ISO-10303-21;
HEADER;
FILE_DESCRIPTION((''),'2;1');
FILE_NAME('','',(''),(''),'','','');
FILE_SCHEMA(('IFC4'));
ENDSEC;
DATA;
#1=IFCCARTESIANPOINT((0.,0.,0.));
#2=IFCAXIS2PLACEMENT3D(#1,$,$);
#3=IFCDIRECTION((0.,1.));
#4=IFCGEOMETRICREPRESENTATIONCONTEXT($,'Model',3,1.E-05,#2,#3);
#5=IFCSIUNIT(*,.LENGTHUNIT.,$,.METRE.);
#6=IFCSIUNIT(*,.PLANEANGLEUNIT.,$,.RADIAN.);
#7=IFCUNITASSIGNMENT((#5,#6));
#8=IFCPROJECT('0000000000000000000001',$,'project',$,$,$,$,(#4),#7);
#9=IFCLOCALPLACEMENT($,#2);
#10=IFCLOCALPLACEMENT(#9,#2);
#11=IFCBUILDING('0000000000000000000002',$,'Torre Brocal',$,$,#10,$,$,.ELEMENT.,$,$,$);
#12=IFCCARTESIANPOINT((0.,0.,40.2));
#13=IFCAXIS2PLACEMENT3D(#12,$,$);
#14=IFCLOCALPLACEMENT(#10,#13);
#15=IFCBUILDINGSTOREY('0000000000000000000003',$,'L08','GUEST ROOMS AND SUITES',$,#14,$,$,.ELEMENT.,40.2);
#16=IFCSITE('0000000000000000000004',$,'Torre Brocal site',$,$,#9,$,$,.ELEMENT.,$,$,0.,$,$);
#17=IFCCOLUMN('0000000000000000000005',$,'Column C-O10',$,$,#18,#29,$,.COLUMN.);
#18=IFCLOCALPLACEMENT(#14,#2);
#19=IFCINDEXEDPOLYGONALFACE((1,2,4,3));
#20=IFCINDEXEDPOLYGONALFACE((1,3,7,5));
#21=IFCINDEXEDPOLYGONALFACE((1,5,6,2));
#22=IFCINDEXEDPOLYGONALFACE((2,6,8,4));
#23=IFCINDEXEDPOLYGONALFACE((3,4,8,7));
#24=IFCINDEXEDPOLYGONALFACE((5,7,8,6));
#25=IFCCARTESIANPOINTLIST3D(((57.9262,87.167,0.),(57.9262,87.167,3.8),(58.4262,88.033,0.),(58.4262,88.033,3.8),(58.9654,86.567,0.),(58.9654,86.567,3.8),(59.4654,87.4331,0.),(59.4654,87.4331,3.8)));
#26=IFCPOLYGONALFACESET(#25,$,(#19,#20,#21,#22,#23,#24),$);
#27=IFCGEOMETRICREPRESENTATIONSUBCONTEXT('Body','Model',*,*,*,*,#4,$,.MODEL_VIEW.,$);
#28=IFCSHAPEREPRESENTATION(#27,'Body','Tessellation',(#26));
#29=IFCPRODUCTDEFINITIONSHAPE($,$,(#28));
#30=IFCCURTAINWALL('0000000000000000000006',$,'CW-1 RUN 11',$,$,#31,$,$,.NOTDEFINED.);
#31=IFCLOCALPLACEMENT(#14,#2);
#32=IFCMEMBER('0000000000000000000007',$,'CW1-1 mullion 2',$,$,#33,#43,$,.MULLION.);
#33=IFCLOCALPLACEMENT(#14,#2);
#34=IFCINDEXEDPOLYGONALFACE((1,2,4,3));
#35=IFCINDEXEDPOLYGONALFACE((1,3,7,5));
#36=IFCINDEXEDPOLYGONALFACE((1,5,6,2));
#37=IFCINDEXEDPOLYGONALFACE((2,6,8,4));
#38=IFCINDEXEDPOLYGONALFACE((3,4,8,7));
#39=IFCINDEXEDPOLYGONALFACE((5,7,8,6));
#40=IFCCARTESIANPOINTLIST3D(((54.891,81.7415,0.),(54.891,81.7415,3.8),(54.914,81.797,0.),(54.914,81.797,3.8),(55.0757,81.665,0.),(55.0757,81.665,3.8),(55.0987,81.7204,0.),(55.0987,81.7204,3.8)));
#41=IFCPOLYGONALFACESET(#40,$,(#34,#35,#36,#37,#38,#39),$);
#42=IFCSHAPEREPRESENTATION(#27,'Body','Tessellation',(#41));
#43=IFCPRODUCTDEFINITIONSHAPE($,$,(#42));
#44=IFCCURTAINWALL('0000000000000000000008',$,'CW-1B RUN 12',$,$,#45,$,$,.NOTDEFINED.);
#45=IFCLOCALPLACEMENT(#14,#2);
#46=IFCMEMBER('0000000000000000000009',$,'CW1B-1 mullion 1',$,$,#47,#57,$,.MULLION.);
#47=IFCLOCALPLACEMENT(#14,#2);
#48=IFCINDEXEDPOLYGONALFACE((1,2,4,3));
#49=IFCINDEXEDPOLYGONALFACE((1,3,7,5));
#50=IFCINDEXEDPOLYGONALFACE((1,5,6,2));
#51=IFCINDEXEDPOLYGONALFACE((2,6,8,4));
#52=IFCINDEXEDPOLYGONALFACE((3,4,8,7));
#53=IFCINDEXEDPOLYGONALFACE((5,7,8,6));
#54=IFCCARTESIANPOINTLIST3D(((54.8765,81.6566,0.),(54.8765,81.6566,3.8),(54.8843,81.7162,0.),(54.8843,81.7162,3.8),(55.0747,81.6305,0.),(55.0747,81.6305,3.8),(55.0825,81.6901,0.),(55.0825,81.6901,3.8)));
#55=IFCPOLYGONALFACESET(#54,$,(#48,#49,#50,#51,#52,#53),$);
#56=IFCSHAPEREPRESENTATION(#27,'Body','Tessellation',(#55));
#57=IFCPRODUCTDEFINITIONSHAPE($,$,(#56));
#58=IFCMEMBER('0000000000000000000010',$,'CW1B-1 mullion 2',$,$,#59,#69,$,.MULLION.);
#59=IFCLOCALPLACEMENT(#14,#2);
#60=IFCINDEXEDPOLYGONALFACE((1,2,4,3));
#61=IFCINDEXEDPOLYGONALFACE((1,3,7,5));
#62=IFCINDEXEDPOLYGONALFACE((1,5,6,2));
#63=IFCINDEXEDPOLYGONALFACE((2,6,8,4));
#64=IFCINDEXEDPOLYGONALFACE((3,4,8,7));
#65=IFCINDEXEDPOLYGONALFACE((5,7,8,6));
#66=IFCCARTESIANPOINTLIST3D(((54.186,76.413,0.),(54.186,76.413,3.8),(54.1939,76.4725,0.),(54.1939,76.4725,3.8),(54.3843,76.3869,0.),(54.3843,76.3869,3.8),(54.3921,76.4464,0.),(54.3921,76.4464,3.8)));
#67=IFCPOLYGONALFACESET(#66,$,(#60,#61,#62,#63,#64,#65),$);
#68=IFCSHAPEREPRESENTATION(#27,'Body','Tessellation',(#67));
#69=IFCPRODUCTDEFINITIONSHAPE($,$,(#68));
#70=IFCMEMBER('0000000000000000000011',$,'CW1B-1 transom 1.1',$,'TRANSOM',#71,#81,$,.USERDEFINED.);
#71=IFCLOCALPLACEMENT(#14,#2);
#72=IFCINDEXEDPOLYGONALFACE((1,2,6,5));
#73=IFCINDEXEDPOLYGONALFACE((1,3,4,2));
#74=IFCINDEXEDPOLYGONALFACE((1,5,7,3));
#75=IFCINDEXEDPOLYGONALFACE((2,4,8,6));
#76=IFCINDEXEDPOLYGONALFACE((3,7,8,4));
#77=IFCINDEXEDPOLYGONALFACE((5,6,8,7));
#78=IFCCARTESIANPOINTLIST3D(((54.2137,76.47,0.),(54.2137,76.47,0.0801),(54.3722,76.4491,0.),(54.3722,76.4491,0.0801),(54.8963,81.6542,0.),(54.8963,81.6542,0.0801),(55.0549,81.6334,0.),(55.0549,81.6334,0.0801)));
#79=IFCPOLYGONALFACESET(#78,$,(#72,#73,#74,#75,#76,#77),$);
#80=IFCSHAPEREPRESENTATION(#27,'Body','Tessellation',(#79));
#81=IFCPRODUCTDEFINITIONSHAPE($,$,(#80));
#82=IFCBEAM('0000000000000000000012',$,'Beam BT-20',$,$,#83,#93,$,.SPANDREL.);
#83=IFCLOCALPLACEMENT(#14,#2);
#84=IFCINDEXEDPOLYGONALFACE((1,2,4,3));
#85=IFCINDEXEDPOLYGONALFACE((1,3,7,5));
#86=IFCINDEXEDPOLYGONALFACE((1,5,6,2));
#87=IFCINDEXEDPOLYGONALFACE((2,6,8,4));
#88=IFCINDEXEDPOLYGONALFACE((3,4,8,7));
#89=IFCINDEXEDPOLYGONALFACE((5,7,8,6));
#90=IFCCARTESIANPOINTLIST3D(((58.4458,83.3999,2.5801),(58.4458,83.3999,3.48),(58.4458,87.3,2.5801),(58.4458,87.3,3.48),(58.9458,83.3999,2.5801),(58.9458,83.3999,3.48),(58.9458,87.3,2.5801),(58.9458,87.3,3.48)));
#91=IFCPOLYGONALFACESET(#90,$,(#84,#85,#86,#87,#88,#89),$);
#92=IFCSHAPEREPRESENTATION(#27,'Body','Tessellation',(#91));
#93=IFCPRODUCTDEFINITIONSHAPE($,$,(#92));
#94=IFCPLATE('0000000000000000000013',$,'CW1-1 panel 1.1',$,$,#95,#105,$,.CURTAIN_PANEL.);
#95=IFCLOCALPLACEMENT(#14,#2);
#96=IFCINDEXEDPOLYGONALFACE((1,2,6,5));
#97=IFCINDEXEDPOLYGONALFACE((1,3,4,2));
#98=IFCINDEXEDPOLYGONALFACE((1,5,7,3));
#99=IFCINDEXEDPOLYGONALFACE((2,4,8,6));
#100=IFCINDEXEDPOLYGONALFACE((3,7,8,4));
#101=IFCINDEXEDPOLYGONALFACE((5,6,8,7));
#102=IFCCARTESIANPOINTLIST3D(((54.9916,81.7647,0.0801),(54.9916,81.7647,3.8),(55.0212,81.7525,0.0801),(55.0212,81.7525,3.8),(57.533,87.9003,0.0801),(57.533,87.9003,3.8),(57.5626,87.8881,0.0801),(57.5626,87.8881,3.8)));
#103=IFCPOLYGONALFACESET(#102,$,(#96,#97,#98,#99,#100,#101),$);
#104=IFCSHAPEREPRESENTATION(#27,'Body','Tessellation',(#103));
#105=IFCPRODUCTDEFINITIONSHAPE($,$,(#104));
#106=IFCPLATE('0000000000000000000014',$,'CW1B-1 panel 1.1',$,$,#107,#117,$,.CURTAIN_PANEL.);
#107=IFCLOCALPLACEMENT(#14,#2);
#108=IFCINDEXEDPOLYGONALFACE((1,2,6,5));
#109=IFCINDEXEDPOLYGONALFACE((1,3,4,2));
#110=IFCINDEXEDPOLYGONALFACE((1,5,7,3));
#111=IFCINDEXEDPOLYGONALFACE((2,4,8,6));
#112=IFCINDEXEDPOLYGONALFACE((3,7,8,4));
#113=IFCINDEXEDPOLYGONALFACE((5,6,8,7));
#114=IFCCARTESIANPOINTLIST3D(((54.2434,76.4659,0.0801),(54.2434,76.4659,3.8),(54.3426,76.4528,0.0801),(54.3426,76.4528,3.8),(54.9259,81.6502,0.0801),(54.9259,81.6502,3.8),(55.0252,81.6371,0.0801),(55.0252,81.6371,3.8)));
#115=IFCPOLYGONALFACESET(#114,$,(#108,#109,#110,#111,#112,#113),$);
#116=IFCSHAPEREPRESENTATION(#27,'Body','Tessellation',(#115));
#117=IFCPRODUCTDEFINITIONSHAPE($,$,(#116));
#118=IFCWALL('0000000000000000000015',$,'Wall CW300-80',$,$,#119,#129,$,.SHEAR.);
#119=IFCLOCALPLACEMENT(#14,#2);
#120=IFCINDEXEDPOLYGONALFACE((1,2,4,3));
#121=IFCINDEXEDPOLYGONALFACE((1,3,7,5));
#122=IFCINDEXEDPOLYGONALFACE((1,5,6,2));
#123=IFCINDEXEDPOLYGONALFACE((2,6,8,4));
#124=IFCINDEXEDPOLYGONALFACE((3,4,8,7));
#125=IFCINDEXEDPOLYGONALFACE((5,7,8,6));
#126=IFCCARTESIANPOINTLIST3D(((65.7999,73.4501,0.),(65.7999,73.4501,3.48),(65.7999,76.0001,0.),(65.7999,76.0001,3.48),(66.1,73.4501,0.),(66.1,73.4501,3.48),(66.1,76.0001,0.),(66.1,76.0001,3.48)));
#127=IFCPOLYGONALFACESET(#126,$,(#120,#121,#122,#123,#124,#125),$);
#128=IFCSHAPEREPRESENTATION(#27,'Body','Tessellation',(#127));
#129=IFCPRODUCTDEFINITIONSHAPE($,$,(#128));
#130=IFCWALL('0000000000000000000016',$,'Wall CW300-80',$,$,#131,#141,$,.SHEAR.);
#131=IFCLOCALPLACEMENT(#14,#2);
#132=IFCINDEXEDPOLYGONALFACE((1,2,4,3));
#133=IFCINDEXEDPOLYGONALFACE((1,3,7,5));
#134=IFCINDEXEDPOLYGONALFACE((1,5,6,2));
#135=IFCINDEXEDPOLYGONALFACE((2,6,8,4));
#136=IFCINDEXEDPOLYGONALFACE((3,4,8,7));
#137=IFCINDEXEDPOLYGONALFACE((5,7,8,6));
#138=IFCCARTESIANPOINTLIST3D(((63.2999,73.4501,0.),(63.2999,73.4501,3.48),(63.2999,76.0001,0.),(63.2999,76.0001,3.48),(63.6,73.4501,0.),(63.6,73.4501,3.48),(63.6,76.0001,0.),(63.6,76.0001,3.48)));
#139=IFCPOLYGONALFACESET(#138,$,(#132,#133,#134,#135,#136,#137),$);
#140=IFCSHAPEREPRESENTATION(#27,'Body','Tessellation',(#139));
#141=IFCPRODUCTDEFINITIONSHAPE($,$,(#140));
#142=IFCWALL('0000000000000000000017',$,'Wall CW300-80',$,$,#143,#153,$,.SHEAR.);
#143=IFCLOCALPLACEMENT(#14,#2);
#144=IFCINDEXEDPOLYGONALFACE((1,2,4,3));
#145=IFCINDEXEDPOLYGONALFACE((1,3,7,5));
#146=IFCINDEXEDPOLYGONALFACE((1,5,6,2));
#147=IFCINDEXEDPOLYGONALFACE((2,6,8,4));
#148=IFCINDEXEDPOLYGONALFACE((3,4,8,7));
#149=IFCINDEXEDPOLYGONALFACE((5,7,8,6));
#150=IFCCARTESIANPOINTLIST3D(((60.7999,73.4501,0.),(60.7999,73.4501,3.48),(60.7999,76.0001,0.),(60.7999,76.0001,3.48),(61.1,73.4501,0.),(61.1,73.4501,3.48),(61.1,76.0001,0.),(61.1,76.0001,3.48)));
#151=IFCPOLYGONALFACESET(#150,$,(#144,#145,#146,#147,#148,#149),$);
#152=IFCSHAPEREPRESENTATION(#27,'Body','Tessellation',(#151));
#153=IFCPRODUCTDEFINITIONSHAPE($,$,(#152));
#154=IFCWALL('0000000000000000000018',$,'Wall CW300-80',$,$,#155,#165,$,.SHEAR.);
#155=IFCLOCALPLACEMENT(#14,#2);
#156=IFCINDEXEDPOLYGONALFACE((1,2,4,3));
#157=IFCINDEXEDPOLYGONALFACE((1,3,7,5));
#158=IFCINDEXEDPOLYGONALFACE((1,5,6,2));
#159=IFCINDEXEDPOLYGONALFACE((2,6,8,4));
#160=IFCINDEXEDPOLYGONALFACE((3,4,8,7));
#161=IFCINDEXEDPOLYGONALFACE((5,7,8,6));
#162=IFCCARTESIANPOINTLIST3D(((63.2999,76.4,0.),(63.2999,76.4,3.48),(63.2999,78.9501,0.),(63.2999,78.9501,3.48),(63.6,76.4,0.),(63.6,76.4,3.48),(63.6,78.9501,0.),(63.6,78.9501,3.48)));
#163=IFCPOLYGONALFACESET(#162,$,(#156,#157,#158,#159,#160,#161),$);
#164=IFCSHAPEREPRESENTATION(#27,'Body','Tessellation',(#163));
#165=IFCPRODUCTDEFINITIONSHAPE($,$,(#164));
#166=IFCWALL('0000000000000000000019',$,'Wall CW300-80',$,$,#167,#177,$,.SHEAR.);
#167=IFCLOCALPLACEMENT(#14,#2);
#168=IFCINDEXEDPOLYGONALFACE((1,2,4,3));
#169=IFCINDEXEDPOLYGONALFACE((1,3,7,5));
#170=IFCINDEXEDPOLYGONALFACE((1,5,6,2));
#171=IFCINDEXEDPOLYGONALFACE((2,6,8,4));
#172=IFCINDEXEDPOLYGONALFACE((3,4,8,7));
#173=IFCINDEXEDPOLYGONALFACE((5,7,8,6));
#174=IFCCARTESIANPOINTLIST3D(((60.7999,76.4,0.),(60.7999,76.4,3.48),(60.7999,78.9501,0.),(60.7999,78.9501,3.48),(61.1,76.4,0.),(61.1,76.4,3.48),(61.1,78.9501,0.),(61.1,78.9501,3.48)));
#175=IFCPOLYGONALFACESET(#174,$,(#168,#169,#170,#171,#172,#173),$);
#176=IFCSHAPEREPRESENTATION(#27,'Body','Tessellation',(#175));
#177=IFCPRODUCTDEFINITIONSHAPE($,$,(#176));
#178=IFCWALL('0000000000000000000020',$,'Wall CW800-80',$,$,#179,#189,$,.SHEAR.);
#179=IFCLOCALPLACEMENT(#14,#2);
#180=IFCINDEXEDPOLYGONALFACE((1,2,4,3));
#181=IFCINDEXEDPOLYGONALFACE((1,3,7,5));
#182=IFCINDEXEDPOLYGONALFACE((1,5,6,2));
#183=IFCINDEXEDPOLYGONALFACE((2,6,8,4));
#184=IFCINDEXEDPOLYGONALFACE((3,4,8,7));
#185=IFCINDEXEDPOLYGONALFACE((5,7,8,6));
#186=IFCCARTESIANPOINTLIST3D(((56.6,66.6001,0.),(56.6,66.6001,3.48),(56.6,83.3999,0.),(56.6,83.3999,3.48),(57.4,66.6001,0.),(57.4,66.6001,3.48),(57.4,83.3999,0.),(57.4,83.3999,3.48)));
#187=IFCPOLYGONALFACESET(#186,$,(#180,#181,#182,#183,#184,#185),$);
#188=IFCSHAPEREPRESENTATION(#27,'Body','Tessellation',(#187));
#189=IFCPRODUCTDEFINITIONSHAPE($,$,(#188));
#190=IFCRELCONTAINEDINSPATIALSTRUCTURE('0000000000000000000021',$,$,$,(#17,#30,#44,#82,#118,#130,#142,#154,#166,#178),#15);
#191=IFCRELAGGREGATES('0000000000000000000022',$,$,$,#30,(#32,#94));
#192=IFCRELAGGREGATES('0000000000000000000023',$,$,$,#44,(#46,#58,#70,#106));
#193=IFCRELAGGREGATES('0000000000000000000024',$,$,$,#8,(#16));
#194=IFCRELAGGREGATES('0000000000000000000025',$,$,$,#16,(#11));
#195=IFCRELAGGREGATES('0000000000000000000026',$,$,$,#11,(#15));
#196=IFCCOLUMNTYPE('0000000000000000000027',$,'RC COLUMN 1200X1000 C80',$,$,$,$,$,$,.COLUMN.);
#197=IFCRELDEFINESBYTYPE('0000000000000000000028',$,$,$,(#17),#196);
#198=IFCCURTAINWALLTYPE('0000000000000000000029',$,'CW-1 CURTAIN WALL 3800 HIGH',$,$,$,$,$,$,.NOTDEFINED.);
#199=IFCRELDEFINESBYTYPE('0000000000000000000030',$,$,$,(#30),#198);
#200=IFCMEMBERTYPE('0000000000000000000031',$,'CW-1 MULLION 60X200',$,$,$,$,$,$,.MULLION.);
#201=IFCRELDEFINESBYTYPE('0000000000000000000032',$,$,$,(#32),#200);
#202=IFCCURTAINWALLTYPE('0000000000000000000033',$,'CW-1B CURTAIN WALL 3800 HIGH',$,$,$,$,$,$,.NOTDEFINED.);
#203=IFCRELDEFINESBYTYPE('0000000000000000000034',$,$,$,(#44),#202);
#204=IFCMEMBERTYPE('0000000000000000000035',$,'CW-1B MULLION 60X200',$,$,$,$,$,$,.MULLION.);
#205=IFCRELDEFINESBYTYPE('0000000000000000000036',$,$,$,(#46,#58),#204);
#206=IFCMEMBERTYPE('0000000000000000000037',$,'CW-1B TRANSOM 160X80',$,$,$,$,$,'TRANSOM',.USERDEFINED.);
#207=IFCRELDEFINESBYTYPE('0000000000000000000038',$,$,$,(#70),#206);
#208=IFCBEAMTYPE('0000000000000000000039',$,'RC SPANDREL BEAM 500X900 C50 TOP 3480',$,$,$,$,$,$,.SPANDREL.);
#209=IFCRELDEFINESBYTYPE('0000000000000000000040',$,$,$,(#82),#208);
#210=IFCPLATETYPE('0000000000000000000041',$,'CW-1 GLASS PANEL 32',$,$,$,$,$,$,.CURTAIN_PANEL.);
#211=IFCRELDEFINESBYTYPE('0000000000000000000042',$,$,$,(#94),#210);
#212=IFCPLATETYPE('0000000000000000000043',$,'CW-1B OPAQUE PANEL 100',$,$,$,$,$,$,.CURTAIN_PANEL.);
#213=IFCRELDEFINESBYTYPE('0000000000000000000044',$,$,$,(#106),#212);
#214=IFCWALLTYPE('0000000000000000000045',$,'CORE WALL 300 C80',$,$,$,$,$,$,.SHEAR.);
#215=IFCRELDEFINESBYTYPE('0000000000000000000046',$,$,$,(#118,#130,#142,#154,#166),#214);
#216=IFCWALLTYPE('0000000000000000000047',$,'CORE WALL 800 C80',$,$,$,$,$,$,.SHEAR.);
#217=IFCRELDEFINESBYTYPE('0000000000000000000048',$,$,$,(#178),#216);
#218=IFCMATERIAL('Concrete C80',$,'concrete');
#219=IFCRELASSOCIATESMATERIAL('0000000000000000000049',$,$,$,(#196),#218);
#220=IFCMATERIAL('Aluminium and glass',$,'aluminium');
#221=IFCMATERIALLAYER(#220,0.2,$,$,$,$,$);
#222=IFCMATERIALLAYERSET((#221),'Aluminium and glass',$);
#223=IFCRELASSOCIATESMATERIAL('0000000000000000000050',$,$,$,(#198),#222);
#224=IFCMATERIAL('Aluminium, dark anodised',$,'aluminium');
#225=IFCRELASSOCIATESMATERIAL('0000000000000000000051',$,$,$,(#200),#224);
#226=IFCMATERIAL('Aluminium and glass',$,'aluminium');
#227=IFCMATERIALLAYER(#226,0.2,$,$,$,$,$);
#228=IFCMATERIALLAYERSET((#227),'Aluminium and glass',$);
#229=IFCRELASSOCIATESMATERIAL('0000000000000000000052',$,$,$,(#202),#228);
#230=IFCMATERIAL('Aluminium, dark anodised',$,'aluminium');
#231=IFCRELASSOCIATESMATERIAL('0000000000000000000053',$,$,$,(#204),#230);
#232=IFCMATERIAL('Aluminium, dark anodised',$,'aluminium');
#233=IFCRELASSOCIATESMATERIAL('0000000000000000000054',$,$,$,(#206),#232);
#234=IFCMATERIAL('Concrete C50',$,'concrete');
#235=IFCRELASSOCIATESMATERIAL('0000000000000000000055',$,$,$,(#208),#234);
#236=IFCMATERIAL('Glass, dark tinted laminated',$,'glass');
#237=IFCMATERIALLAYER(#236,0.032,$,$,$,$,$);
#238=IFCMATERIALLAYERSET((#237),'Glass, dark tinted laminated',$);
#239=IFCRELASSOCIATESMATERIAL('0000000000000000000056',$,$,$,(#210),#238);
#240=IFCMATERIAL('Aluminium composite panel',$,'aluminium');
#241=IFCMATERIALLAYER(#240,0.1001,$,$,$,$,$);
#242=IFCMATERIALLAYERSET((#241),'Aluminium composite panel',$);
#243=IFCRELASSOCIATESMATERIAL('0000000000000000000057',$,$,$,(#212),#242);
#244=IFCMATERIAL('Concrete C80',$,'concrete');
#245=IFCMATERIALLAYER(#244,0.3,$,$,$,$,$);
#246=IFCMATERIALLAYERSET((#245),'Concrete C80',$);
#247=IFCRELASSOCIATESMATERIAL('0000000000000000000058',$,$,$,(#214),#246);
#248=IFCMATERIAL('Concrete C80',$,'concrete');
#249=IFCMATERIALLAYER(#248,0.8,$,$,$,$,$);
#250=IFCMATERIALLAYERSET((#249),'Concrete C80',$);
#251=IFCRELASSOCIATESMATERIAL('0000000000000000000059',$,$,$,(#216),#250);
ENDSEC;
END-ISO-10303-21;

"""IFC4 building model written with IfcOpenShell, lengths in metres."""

from ifc_helpers import new_model, si_unit, direction, frame, frame_2d, origin, origin_2d, place, context, subcontext, project, spatial, rectangle, extrude, material, layer, layer_set, material_profile, profile_set, type_object, element, aggregate, save


model = new_model("IFC4")

# Units and contexts
model_context = context("Model", 3, precision=1e-05, world=origin(), true_north=direction((0.0, 1.0)))
body_context = subcontext(model_context, "Body", "Model", "MODEL_VIEW")
ifc_project = project(units=[si_unit("LENGTHUNIT", "METRE"), si_unit("PLANEANGLEUNIT", "RADIAN")], contexts=[model_context])

# Site, building, storey
site_placement = place(None, origin())
site = spatial("IfcSite", under=ifc_project, at=site_placement, Name="Torre Brocal site", CompositionType="ELEMENT", RefElevation=0.0)
building_placement = place(site_placement, origin())
building = spatial("IfcBuilding", under=site, at=building_placement, Name="Torre Brocal", CompositionType="ELEMENT")
storey_placement = place(building_placement, frame((0.0, 0.0, 40.2)))
storey = spatial("IfcBuildingStorey", under=building, at=storey_placement, Name="L08", Description="GUEST ROOMS AND SUITES", CompositionType="ELEMENT", Elevation=40.2)

# Column
ifc_material_1 = material(Name="Concrete C80", Category="concrete")
ifc_material_profile_1 = material_profile(ifc_material_1, rectangle(XDim=1.2, YDim=1.0, at=origin_2d()), Name="RC 1200X1000")
ifc_profile_set_1 = profile_set([ifc_material_profile_1], Name="Concrete C80")
column_type = type_object("IfcColumnType", Name="RC COLUMN 1200X1000 C80", PredefinedType="COLUMN", material=ifc_profile_set_1)
column_placement = place(storey_placement, frame((58.6958, 87.3, 0.0), z_axis=(0.0, 0.0, 1.0), x_axis=(-0.866025, 0.5, 0.0)))
element("IfcColumn", 1, at=column_placement, inside=storey, type_object=column_type, Name="Column C-O10", PredefinedType="COLUMN", context=body_context, shape_type="SweptSolid", body=[
    extrude(rectangle(XDim=1.2, YDim=1.0, at=origin_2d()), origin(), (0.0, 0.0, 1.0), 3.8),
])

# Curtain wall, member
ifc_material_2 = material(Name="Aluminium and glass", Category="aluminium")
ifc_layer_1 = layer(ifc_material_2, 0.2)
ifc_layer_set_1 = layer_set([ifc_layer_1], Name="Aluminium and glass")
curtain_wall_type_1 = type_object("IfcCurtainWallType", Name="CW-1 CURTAIN WALL 3800 HIGH", PredefinedType="NOTDEFINED", material=ifc_layer_set_1)
curtain_wall_1_placement = place(storey_placement, origin())
curtain_wall_1 = element("IfcCurtainWall", 2, at=curtain_wall_1_placement, inside=storey, type_object=curtain_wall_type_1, Name="CW-1 RUN 11", PredefinedType="NOTDEFINED")
ifc_material_3 = material(Name="Aluminium, dark anodised", Category="aluminium")
ifc_material_profile_2 = material_profile(ifc_material_3, rectangle(XDim=0.2, YDim=0.0601, at=origin_2d()), Name="CW-1 MULLION 60X200")
ifc_profile_set_2 = profile_set([ifc_material_profile_2], Name="Aluminium, dark anodised")
member_type_1 = type_object("IfcMemberType", Name="CW-1 MULLION 60X200", PredefinedType="MULLION", material=ifc_profile_set_2)
member_1_placement = place(storey_placement, frame((54.9949, 81.731, 0.0), z_axis=(0.0, 0.0, 1.0), x_axis=(0.92388, -0.382683, 0.0)))
member_1 = element("IfcMember", 3, at=member_1_placement, type_object=member_type_1, Name="CW1-1 mullion 2", PredefinedType="MULLION", context=body_context, shape_type="SweptSolid", body=[
    extrude(rectangle(XDim=0.2, YDim=0.0601, at=origin_2d()), origin(), (0.0, 0.0, 1.0), 3.8),
])

# Curtain wall, members
ifc_material_4 = material(Name="Aluminium and glass", Category="aluminium")
ifc_layer_2 = layer(ifc_material_4, 0.2)
ifc_layer_set_2 = layer_set([ifc_layer_2], Name="Aluminium and glass")
curtain_wall_type_2 = type_object("IfcCurtainWallType", Name="CW-1B CURTAIN WALL 3800 HIGH", PredefinedType="NOTDEFINED", material=ifc_layer_set_2)
curtain_wall_2_placement = place(storey_placement, origin())
curtain_wall_2 = element("IfcCurtainWall", 4, at=curtain_wall_2_placement, inside=storey, type_object=curtain_wall_type_2, Name="CW-1B RUN 12", PredefinedType="NOTDEFINED")
ifc_material_5 = material(Name="Aluminium, dark anodised", Category="aluminium")
ifc_material_profile_3 = material_profile(ifc_material_5, rectangle(XDim=0.2, YDim=0.0601, at=origin_2d()), Name="CW-1B MULLION 60X200")
ifc_profile_set_3 = profile_set([ifc_material_profile_3], Name="Aluminium, dark anodised")
member_type_2 = type_object("IfcMemberType", Name="CW-1B MULLION 60X200", PredefinedType="MULLION", material=ifc_profile_set_3)
member_2_placement = place(storey_placement, frame((54.9795, 81.6733, 0.0), z_axis=(0.0, 0.0, 1.0), x_axis=(0.991445, -0.130526, 0.0)))
member_2 = element("IfcMember", 5, at=member_2_placement, type_object=member_type_2, Name="CW1B-1 mullion 1", PredefinedType="MULLION", context=body_context, shape_type="SweptSolid", body=[
    extrude(rectangle(XDim=0.2, YDim=0.0601, at=origin_2d()), origin(), (0.0, 0.0, 1.0), 3.8),
])
member_3_placement = place(storey_placement, frame((54.2891, 76.4297, 0.0), z_axis=(0.0, 0.0, 1.0), x_axis=(0.991445, -0.130526, 0.0)))
member_3 = element("IfcMember", 6, at=member_3_placement, type_object=member_type_2, Name="CW1B-1 mullion 2", PredefinedType="MULLION", context=body_context, shape_type="SweptSolid", body=[
    extrude(rectangle(XDim=0.2, YDim=0.0601, at=origin_2d()), origin(), (0.0, 0.0, 1.0), 3.8),
])
ifc_material_6 = material(Name="Aluminium, dark anodised", Category="aluminium")
ifc_material_profile_4 = material_profile(ifc_material_6, rectangle(XDim=0.1599, YDim=0.0801, at=origin_2d()), Name="CW-1B TRANSOM 160X80")
ifc_profile_set_4 = profile_set([ifc_material_profile_4], Name="Aluminium, dark anodised")
member_type_3 = type_object("IfcMemberType", Name="CW-1B TRANSOM 160X80", ElementType="TRANSOM", PredefinedType="USERDEFINED", material=ifc_profile_set_4)
member_4_placement = place(storey_placement, frame((54.9756, 81.6438, 0.04), z_axis=(-0.130543, -0.991443, 0.0), x_axis=(0.991443, -0.130543, 0.0)))
member_4 = element("IfcMember", 7, at=member_4_placement, type_object=member_type_3, Name="CW1B-1 transom 1.1", ObjectType="TRANSOM", PredefinedType="USERDEFINED", context=body_context, shape_type="SweptSolid", body=[
    extrude(rectangle(XDim=0.1599, YDim=0.0801, at=origin_2d()), origin(), (0.0, 0.0, 1.0), 5.229),
])

# Beam
ifc_material_7 = material(Name="Concrete C50", Category="concrete")
ifc_material_profile_5 = material_profile(ifc_material_7, rectangle(XDim=0.5, YDim=0.8999, at=origin_2d()), Name="RC 500X900")
ifc_profile_set_5 = profile_set([ifc_material_profile_5], Name="Concrete C50")
beam_type = type_object("IfcBeamType", Name="RC SPANDREL BEAM 500X900 C50 TOP 3480", PredefinedType="SPANDREL", material=ifc_profile_set_5)
beam_placement = place(storey_placement, frame((58.6958, 87.3, 3.03), z_axis=(0.0, -1.0, 0.0), x_axis=(1.0, 0.0, 0.0)))
element("IfcBeam", 8, at=beam_placement, inside=storey, type_object=beam_type, Name="Beam BT-20", PredefinedType="SPANDREL", context=body_context, shape_type="SweptSolid", body=[
    extrude(rectangle(XDim=0.5, YDim=0.8999, at=origin_2d()), origin(), (0.0, 0.0, 1.0), 3.9001),
])

# Plates
ifc_material_8 = material(Name="Glass, dark tinted laminated", Category="glass")
ifc_layer_3 = layer(ifc_material_8, 0.032)
ifc_layer_set_3 = layer_set([ifc_layer_3], Name="Glass, dark tinted laminated")
plate_type_1 = type_object("IfcPlateType", Name="CW-1 GLASS PANEL 32", PredefinedType="CURTAIN_PANEL", material=ifc_layer_set_3)
plate_1_placement = place(storey_placement, frame((56.2771, 84.8264, 0.0801), z_axis=(0.0, 0.0, 1.0), x_axis=(-0.382683, -0.92388, 0.0)))
plate_1 = element("IfcPlate", 9, at=plate_1_placement, type_object=plate_type_1, Name="CW1-1 panel 1.1", PredefinedType="CURTAIN_PANEL", context=body_context, shape_type="SweptSolid", body=[
    extrude(rectangle(XDim=6.6411, YDim=0.032, at=origin_2d()), origin(), (0.0, 0.0, 1.0), 3.72),
])
aggregate(curtain_wall_1, [member_1, plate_1])
ifc_material_9 = material(Name="Aluminium composite panel", Category="aluminium")
ifc_layer_4 = layer(ifc_material_9, 0.1001)
ifc_layer_set_4 = layer_set([ifc_layer_4], Name="Aluminium composite panel")
plate_type_2 = type_object("IfcPlateType", Name="CW-1B OPAQUE PANEL 100", PredefinedType="CURTAIN_PANEL", material=ifc_layer_set_4)
plate_2_placement = place(storey_placement, frame((54.6343, 79.0515, 0.0801), z_axis=(0.0, 0.0, 1.0), x_axis=(-0.130526, -0.991445, 0.0)))
plate_2 = element("IfcPlate", 10, at=plate_2_placement, type_object=plate_type_2, Name="CW1B-1 panel 1.1", PredefinedType="CURTAIN_PANEL", context=body_context, shape_type="SweptSolid", body=[
    extrude(rectangle(XDim=5.229, YDim=0.1001, at=origin_2d()), origin(), (0.0, 0.0, 1.0), 3.72),
])
aggregate(curtain_wall_2, [member_2, member_3, member_4, plate_2])

# Walls
ifc_material_10 = material(Name="Concrete C80", Category="concrete")
ifc_layer_5 = layer(ifc_material_10, 0.3)
ifc_layer_set_5 = layer_set([ifc_layer_5], Name="Concrete C80")
wall_type_1 = type_object("IfcWallType", Name="CORE WALL 300 C80", PredefinedType="SHEAR", material=ifc_layer_set_5)
for number, where, z_axis, x_axis, name in (
    (11, (65.95, 76.0, 0.0), (0.0, 0.0, 1.0), (0.0, -1.0, 0.0), "Wall CW300-80"),
    (12, (63.45, 76.0, 0.0), (0.0, 0.0, 1.0), (0.0, -1.0, 0.0), "Wall CW300-80"),
    (13, (60.95, 76.0, 0.0), (0.0, 0.0, 1.0), (0.0, -1.0, 0.0), "Wall CW300-80"),
    (14, (63.45, 78.95, 0.0), (0.0, 0.0, 1.0), (0.0, -1.0, 0.0), "Wall CW300-80"),
    (15, (60.95, 78.95, 0.0), (0.0, 0.0, 1.0), (0.0, -1.0, 0.0), "Wall CW300-80"),
):
    element("IfcWall", number, at=place(storey_placement, frame(where, z_axis=z_axis, x_axis=x_axis)), inside=storey, type_object=wall_type_1, Name=name, PredefinedType="SHEAR", context=body_context, shape_type="SweptSolid", body=[
        extrude(rectangle(XDim=2.55, YDim=0.3, at=frame_2d((1.2749, 0.0))), origin(), (0.0, 0.0, 1.0), 3.48),
    ])
ifc_material_11 = material(Name="Concrete C80", Category="concrete")
ifc_layer_6 = layer(ifc_material_11, 0.8)
ifc_layer_set_6 = layer_set([ifc_layer_6], Name="Concrete C80")
wall_type_2 = type_object("IfcWallType", Name="CORE WALL 800 C80", PredefinedType="SHEAR", material=ifc_layer_set_6)
wall_1_placement = place(storey_placement, frame((57.0, 83.3999, 0.0), z_axis=(0.0, 0.0, 1.0), x_axis=(0.0, -1.0, 0.0)))
element("IfcWall", 16, at=wall_1_placement, inside=storey, type_object=wall_type_2, Name="Wall CW800-80", PredefinedType="SHEAR", context=body_context, shape_type="SweptSolid", body=[
    extrude(rectangle(XDim=16.7998, YDim=0.8, at=frame_2d((8.3999, 0.0))), origin(), (0.0, 0.0, 1.0), 3.48),
])

save(model, "model.ifc")
